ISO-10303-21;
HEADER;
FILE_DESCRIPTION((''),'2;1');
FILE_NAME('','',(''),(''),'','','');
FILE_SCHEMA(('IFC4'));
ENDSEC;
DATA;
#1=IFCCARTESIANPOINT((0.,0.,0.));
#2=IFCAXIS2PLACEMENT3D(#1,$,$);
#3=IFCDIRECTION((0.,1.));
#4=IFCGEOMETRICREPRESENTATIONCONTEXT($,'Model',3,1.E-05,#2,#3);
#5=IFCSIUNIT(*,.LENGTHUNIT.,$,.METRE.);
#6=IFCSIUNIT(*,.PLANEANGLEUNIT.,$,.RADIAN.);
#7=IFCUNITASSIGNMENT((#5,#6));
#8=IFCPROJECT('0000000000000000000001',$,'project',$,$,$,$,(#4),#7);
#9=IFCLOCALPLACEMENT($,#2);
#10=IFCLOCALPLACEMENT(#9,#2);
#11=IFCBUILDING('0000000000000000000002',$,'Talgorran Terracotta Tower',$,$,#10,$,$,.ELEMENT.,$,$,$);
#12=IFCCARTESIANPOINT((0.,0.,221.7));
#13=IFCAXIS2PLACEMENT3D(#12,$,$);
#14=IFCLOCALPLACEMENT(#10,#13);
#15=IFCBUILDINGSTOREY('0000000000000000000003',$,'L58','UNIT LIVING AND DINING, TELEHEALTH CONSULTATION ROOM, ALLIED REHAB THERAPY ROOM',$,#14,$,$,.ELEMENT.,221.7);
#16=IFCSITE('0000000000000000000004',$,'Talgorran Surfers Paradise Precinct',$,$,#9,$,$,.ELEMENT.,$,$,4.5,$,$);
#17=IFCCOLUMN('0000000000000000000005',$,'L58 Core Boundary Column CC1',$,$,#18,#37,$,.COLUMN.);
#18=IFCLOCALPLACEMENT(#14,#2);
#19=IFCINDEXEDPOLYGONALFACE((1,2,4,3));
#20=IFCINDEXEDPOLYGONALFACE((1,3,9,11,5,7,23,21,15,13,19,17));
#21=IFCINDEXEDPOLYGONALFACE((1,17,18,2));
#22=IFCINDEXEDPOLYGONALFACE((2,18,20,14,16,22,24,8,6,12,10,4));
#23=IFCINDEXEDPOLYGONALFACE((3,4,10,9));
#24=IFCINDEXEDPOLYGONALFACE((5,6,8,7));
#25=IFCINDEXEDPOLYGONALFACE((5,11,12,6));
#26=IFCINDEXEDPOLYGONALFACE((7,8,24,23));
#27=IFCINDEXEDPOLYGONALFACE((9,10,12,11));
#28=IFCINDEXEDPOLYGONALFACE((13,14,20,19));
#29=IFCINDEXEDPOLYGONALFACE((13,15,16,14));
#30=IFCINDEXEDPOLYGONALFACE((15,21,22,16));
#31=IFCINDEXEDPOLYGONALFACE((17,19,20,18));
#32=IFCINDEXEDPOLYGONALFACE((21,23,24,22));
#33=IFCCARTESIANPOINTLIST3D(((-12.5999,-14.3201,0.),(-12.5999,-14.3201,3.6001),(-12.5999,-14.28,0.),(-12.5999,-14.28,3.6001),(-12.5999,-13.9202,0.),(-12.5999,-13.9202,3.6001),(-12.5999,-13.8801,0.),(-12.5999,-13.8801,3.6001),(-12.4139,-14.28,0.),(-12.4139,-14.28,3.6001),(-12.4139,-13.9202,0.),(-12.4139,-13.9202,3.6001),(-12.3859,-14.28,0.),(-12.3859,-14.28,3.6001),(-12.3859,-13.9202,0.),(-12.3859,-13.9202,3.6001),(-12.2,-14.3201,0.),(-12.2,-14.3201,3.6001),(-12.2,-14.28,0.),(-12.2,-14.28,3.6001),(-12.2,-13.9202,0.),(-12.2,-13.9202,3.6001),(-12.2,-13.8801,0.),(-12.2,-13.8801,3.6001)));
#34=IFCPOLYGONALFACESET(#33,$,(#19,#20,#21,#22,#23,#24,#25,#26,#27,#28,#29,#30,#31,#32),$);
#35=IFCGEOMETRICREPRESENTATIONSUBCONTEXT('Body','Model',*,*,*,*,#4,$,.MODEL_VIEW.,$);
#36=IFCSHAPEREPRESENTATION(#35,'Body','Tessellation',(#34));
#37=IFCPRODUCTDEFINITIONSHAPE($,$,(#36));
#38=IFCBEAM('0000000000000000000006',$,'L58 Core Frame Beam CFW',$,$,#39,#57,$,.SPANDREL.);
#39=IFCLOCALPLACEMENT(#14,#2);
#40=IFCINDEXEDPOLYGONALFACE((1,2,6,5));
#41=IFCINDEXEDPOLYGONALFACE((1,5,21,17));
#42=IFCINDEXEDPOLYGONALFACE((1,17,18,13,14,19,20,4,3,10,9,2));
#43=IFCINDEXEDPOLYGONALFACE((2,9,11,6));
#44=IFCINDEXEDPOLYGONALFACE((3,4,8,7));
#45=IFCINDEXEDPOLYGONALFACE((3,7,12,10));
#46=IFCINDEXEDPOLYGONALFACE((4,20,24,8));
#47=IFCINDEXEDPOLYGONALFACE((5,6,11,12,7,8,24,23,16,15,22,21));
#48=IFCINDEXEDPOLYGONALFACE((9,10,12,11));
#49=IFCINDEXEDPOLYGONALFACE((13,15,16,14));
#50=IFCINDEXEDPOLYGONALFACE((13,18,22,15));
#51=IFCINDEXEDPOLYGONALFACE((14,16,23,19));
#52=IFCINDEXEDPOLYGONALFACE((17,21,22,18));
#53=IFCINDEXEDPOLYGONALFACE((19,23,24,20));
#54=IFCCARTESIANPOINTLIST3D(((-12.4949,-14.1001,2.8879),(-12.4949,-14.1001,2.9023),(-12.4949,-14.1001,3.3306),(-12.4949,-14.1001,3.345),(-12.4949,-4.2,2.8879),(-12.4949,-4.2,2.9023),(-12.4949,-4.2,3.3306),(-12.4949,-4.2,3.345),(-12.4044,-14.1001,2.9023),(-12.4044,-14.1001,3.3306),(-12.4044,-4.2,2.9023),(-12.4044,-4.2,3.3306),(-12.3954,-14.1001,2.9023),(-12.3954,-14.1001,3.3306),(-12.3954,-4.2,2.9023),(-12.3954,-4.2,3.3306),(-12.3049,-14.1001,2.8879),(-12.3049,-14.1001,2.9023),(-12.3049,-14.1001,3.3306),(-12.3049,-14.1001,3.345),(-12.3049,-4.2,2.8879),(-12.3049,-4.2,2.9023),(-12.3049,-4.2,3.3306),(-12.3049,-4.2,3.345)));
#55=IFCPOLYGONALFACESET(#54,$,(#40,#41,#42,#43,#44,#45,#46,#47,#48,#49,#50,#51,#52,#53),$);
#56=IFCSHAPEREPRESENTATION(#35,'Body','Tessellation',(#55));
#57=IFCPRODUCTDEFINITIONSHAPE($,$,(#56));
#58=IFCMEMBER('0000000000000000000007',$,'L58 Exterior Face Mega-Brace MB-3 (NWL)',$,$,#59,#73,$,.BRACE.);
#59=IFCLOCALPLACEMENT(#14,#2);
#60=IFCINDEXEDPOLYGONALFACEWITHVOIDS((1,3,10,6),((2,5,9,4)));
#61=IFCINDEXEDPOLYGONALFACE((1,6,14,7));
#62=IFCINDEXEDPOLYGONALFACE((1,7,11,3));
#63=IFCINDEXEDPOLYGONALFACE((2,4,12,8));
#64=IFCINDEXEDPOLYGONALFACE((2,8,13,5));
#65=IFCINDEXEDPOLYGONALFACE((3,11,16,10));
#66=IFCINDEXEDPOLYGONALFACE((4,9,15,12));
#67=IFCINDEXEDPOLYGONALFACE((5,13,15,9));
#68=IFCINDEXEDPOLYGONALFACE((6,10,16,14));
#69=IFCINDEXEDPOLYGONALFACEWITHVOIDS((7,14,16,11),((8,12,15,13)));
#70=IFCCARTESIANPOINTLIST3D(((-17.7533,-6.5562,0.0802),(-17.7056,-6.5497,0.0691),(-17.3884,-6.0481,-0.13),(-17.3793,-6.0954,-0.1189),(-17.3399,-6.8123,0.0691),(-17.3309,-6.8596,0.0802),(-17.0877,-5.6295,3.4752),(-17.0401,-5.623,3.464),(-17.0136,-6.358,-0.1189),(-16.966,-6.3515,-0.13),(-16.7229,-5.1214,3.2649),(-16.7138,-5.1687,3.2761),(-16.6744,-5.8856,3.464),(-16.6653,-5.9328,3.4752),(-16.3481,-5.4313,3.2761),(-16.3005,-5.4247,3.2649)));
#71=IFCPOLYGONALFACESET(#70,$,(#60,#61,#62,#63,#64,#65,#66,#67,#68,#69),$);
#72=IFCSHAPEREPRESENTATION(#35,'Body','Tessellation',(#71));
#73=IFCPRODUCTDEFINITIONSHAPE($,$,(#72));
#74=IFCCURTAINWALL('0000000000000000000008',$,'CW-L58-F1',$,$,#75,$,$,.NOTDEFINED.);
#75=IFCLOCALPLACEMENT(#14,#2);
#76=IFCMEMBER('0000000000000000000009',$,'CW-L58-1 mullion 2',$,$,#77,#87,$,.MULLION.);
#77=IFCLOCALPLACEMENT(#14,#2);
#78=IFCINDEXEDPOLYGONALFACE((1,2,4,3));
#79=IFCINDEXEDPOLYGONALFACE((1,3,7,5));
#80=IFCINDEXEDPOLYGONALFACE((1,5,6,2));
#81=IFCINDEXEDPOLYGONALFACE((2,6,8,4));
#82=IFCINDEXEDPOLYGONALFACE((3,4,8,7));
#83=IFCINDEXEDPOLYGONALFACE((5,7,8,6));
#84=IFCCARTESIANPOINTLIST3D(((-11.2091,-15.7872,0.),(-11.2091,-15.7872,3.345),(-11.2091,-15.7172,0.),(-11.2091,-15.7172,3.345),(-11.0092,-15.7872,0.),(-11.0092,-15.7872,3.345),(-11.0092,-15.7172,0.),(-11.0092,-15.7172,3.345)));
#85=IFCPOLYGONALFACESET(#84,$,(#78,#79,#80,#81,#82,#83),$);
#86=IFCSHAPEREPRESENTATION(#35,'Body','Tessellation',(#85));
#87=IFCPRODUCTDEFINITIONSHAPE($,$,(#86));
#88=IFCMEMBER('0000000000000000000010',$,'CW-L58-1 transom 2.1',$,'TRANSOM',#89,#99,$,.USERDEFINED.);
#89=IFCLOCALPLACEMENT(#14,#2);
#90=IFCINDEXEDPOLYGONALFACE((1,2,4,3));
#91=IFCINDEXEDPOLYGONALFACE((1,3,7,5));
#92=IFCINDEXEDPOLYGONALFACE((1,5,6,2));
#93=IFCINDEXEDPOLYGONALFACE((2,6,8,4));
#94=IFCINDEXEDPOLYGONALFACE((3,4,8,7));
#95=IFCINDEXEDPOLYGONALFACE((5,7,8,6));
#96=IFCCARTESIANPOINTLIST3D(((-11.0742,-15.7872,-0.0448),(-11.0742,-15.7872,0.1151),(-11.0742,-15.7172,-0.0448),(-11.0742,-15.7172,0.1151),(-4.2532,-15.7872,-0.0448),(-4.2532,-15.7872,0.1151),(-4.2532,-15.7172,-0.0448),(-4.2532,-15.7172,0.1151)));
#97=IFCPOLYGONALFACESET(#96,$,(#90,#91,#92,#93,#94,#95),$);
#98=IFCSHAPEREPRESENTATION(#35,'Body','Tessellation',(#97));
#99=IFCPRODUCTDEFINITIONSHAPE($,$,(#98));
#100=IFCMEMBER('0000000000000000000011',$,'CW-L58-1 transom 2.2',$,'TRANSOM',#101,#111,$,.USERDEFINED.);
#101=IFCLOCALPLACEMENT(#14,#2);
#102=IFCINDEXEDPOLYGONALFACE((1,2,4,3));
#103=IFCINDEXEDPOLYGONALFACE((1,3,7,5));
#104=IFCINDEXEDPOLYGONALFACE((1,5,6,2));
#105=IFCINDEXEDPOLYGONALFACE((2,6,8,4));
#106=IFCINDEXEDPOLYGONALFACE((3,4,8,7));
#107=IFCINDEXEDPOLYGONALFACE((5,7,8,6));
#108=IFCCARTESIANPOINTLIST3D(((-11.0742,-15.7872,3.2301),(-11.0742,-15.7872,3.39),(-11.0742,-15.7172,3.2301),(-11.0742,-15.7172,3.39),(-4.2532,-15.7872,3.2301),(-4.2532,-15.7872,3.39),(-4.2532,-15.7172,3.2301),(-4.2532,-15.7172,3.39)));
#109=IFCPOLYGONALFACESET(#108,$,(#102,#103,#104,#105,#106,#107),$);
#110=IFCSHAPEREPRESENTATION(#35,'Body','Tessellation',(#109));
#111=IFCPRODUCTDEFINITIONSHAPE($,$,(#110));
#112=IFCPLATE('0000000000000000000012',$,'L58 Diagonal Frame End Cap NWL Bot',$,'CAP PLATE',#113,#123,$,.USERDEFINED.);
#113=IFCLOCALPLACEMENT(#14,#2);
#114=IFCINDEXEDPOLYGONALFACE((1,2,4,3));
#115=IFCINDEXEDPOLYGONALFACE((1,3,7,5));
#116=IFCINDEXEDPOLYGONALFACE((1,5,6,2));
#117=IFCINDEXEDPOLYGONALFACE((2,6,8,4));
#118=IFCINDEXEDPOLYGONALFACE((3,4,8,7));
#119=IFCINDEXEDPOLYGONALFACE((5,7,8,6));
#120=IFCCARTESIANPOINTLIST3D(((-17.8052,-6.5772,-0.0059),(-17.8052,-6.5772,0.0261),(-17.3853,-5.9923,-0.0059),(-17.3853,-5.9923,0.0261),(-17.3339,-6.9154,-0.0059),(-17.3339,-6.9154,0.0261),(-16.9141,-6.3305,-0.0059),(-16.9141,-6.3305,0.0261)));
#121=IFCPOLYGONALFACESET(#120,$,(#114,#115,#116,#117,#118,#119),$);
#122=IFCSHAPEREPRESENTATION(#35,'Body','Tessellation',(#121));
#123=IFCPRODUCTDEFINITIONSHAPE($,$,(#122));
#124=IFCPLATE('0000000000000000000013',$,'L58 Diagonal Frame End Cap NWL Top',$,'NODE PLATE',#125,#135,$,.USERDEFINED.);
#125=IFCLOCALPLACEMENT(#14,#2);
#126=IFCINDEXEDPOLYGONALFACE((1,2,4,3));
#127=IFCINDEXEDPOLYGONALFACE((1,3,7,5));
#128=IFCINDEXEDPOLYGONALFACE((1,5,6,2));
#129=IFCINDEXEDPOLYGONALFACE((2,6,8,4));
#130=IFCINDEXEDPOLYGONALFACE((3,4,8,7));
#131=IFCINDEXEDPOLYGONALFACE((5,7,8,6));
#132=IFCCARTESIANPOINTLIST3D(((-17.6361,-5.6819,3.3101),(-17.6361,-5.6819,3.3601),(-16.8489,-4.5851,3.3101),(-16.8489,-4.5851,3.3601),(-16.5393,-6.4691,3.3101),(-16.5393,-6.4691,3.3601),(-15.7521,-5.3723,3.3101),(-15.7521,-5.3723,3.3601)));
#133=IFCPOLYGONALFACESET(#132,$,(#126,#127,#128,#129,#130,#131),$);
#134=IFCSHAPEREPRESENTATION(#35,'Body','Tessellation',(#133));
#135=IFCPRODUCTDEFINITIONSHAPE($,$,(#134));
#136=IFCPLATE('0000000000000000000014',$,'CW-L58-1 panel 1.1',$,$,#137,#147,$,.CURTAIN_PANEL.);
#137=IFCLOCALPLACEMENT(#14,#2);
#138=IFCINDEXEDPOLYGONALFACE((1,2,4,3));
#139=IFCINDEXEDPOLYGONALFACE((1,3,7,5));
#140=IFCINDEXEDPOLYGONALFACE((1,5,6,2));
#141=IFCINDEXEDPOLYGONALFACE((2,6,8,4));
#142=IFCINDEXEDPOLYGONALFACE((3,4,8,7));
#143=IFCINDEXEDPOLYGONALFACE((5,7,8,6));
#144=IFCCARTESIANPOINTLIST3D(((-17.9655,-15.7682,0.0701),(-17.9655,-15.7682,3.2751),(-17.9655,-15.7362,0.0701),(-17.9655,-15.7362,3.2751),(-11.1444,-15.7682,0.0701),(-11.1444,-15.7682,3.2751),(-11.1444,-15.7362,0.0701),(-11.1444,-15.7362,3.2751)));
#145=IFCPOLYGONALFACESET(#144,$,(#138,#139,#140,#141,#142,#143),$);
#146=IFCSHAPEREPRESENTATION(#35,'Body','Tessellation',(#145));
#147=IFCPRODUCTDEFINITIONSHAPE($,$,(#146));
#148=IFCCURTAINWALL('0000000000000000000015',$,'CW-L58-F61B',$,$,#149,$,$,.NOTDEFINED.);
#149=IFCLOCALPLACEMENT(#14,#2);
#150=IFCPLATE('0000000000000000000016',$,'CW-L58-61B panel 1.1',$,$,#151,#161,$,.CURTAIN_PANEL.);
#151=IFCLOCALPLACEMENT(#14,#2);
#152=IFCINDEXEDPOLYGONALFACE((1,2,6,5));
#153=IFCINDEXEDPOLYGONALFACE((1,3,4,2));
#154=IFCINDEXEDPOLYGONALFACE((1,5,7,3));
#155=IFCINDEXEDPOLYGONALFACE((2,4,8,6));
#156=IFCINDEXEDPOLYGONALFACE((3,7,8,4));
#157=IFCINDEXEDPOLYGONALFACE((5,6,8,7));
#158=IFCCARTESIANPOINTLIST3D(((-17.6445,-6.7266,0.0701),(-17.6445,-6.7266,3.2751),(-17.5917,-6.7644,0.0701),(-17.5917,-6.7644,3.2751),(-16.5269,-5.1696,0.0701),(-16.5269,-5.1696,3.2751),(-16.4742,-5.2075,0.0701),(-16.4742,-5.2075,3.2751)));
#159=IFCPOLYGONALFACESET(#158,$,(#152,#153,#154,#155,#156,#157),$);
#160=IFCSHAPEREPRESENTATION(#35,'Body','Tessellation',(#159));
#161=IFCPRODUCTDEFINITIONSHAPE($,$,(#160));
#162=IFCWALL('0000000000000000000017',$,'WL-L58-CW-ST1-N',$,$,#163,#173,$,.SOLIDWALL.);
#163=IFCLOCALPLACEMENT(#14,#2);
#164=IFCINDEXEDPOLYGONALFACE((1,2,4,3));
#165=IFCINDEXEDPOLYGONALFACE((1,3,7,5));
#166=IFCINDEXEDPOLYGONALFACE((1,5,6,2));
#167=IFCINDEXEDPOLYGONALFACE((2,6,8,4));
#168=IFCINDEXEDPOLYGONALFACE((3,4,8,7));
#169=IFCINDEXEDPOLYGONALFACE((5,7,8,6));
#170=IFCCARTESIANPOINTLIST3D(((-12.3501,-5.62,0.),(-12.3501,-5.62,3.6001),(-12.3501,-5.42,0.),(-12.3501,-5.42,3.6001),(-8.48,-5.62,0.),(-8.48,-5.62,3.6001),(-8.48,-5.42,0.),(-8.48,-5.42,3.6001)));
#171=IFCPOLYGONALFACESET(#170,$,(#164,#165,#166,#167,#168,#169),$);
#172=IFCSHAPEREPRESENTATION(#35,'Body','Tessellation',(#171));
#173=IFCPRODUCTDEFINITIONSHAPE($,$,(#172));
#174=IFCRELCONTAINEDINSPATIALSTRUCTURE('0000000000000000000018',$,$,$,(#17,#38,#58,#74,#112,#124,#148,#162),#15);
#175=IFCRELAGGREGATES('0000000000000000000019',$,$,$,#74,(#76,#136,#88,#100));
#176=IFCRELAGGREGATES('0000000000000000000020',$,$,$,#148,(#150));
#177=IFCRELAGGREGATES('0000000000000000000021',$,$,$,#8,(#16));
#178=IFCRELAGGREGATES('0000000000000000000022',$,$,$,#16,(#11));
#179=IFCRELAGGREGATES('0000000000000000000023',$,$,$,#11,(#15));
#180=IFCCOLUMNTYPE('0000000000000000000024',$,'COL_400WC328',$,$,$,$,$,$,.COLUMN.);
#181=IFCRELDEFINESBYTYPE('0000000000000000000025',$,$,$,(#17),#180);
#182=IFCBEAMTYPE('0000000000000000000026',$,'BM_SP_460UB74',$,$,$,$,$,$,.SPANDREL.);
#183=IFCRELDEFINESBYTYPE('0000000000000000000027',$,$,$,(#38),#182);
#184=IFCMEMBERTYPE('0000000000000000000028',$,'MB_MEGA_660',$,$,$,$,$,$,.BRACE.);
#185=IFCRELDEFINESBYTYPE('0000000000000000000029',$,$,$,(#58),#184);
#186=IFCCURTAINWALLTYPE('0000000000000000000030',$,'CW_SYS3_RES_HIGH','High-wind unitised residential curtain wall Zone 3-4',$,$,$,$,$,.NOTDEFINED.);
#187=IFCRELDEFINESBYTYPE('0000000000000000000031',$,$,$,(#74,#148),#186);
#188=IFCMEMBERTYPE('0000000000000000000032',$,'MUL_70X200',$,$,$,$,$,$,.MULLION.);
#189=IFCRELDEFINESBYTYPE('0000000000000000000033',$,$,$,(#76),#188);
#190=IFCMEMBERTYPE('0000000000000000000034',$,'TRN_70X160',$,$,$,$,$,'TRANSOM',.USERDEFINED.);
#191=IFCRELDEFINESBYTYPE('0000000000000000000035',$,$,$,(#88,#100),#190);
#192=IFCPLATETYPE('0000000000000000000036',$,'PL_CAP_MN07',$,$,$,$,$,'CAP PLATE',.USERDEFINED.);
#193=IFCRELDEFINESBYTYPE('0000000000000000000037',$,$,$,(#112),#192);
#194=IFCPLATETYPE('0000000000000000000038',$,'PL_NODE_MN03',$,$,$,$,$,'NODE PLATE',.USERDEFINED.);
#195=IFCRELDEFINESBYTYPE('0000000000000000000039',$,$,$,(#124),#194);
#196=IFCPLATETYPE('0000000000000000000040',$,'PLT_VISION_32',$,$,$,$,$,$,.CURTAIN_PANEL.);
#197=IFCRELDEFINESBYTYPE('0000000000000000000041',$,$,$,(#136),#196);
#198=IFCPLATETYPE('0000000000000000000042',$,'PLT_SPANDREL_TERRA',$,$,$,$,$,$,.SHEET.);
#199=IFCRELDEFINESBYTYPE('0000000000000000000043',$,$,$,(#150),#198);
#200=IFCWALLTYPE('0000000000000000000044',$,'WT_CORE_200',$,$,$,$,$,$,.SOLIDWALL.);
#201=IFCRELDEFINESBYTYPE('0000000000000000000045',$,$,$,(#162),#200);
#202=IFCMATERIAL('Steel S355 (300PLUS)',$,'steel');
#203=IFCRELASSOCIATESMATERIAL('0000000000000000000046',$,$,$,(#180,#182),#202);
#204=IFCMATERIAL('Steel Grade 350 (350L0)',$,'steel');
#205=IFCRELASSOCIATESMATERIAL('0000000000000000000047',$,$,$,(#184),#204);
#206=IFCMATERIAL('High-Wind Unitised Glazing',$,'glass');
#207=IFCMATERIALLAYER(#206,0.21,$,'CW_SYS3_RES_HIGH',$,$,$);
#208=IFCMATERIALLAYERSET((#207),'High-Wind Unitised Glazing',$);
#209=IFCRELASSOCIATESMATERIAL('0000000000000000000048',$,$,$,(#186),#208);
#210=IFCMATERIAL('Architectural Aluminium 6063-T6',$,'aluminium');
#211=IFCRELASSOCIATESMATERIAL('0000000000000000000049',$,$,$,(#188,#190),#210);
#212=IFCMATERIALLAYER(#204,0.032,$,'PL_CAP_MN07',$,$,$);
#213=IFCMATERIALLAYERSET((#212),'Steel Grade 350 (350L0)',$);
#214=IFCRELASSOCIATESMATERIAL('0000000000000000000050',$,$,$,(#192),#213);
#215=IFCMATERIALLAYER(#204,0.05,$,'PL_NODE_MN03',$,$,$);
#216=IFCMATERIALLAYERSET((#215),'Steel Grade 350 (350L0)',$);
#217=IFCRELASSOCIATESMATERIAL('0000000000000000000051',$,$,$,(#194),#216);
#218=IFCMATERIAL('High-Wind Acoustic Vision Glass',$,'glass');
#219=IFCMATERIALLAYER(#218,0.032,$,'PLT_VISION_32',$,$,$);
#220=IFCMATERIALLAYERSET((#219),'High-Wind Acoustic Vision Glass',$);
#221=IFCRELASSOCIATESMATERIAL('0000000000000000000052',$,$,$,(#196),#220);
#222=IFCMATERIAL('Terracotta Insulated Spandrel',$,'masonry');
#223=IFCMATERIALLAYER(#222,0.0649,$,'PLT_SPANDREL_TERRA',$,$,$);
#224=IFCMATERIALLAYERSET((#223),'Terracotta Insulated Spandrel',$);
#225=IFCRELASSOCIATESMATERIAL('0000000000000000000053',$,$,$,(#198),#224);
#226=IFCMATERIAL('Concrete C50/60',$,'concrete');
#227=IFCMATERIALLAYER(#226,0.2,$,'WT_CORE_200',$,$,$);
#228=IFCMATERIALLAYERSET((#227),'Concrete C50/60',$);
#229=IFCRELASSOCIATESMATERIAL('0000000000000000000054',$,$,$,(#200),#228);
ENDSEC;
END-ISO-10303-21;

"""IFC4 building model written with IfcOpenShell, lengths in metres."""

from ifc_helpers import new_model, si_unit, direction, frame, frame_2d, origin, origin_2d, place, context, subcontext, project, spatial, rectangle, hollow_rectangle, i_section, extrude, source, transform, mapped, material, layer, layer_set, material_profile, profile_set, type_object, type_shapes, element, aggregate, save


model = new_model("IFC4")

# Units and contexts
model_context = context("Model", 3, precision=1e-05, world=origin(), true_north=direction((0.0, 1.0)))
body_context = subcontext(model_context, "Body", "Model", "MODEL_VIEW")
ifc_project = project(units=[si_unit("LENGTHUNIT", "METRE"), si_unit("PLANEANGLEUNIT", "RADIAN")], contexts=[model_context])

# Site, building, storey
site_placement = place(None, origin())
site = spatial("IfcSite", under=ifc_project, at=site_placement, Name="Talgorran Surfers Paradise Precinct", CompositionType="ELEMENT", RefElevation=4.5)
building_placement = place(site_placement, origin())
building = spatial("IfcBuilding", under=site, at=building_placement, Name="Talgorran Terracotta Tower", CompositionType="ELEMENT")
storey_placement = place(building_placement, frame((0.0, 0.0, 221.7)))
storey = spatial("IfcBuildingStorey", under=building, at=storey_placement, Name="L58", Description="UNIT LIVING AND DINING, TELEHEALTH CONSULTATION ROOM, ALLIED REHAB THERAPY ROOM", CompositionType="ELEMENT", Elevation=221.7)

# Column
ifc_material_1 = material(Name="Steel S355 (300PLUS)", Category="steel")
ifc_material_profile_1 = material_profile(ifc_material_1, i_section(OverallWidth=0.3999, OverallDepth=0.4399, WebThickness=0.0281, FlangeThickness=0.04, at=origin_2d()), Name="400WC328")
ifc_profile_set_1 = profile_set([ifc_material_profile_1], Name="Steel S355 (300PLUS)")
column_type = type_object("IfcColumnType", Name="COL_400WC328", PredefinedType="COLUMN", material=ifc_profile_set_1)
column_placement = place(storey_placement, frame((-12.3999, -14.1001, 0.0), z_axis=(0.0, 0.0, 1.0), x_axis=(1.0, 0.0, 0.0)))
element("IfcColumn", 1, at=column_placement, inside=storey, type_object=column_type, Name="L58 Core Boundary Column CC1", PredefinedType="COLUMN", context=body_context, shape_type="SweptSolid", body=[
    extrude(i_section(OverallWidth=0.3999, OverallDepth=0.4399, WebThickness=0.0281, FlangeThickness=0.04, at=origin_2d()), origin(), (0.0, 0.0, 1.0), 3.6001),
])

# Beam
ifc_material_profile_2 = material_profile(ifc_material_1, i_section(OverallWidth=0.1899, OverallDepth=0.457, WebThickness=0.009, FlangeThickness=0.0144, at=origin_2d()), Name="460UB74.6")
ifc_profile_set_2 = profile_set([ifc_material_profile_2], Name="Steel S355 (300PLUS)")
beam_type = type_object("IfcBeamType", Name="BM_SP_460UB74", PredefinedType="SPANDREL", material=ifc_profile_set_2)
beam_placement = place(storey_placement, frame((-12.3999, -14.1001, 3.1165), z_axis=(0.0, 1.0, 0.0), x_axis=(-1.0, 0.0, 0.0)))
element("IfcBeam", 2, at=beam_placement, inside=storey, type_object=beam_type, Name="L58 Core Frame Beam CFW", PredefinedType="SPANDREL", context=body_context, shape_type="SweptSolid", body=[
    extrude(i_section(OverallWidth=0.1899, OverallDepth=0.457, WebThickness=0.009, FlangeThickness=0.0144, at=origin_2d()), origin(), (0.0, 0.0, 1.0), 9.9001),
])

# Member
ifc_material_2 = material(Name="Steel Grade 350 (350L0)", Category="steel")
ifc_material_profile_3 = material_profile(ifc_material_2, hollow_rectangle(XDim=0.52, YDim=0.6599, WallThickness=0.0349, at=origin_2d()), Name="WBOX660X520X35")
ifc_profile_set_3 = profile_set([ifc_material_profile_3], Name="Steel Grade 350 (350L0)")
member_type_1 = type_object("IfcMemberType", Name="MB_MEGA_660", PredefinedType="BRACE", material=ifc_profile_set_3)
member_1_placement = place(storey_placement, frame((-17.3596, -6.4539, -0.0249), z_axis=(0.185818, 0.258754, 0.947902), x_axis=(-0.812256, 0.583301, 0.0)))
element("IfcMember", 3, at=member_1_placement, inside=storey, type_object=member_type_1, Name="L58 Exterior Face Mega-Brace MB-3 (NWL)", PredefinedType="BRACE", context=body_context, shape_type="SweptSolid", body=[
    extrude(hollow_rectangle(XDim=0.52, YDim=0.6599, WallThickness=0.0349, at=origin_2d()), origin(), (0.0, 0.0, 1.0), 3.5815),
])

# Curtain wall, members
ifc_material_3 = material(Name="High-Wind Unitised Glazing", Category="glass")
ifc_layer_1 = layer(ifc_material_3, 0.21, Name="CW_SYS3_RES_HIGH")
ifc_layer_set_1 = layer_set([ifc_layer_1], Name="High-Wind Unitised Glazing")
curtain_wall_type = type_object("IfcCurtainWallType", Name="CW_SYS3_RES_HIGH", Description="High-wind unitised residential curtain wall Zone 3-4", PredefinedType="NOTDEFINED", material=ifc_layer_set_1)
curtain_wall_1_placement = place(storey_placement, origin())
curtain_wall_1 = element("IfcCurtainWall", 4, at=curtain_wall_1_placement, inside=storey, type_object=curtain_wall_type, Name="CW-L58-F1", PredefinedType="NOTDEFINED")
ifc_material_4 = material(Name="Architectural Aluminium 6063-T6", Category="aluminium")
ifc_material_profile_4 = material_profile(ifc_material_4, rectangle(XDim=0.0701, YDim=0.2, at=origin_2d()), Name="CWM70X200")
ifc_profile_set_4 = profile_set([ifc_material_profile_4], Name="Architectural Aluminium 6063-T6")
member_type_2 = type_object("IfcMemberType", Name="MUL_70X200", PredefinedType="MULLION", material=ifc_profile_set_4)
member_2_placement = place(storey_placement, frame((-11.1091, -15.7522, 0.0), z_axis=(0.0, 0.0, 1.0), x_axis=(0.0, 1.0, 0.0)))
member_2 = element("IfcMember", 5, at=member_2_placement, type_object=member_type_2, Name="CW-L58-1 mullion 2", PredefinedType="MULLION", context=body_context, shape_type="SweptSolid", body=[
    extrude(rectangle(XDim=0.0701, YDim=0.2, at=origin_2d()), origin(), (0.0, 0.0, 1.0), 3.345),
])
ifc_material_profile_5 = material_profile(ifc_material_4, rectangle(XDim=0.0701, YDim=0.1599, at=origin_2d()), Name="CWT70X160")
ifc_profile_set_5 = profile_set([ifc_material_profile_5], Name="Architectural Aluminium 6063-T6")
member_type_3 = type_object("IfcMemberType", Name="TRN_70X160", ElementType="TRANSOM", PredefinedType="USERDEFINED", material=ifc_profile_set_5)
member_3_placement = place(storey_placement, frame((-11.0742, -15.7522, 0.0352), z_axis=(1.0, 0.0, 0.0), x_axis=(0.0, 1.0, 0.0)))
member_3 = element("IfcMember", 6, at=member_3_placement, type_object=member_type_3, Name="CW-L58-1 transom 2.1", ObjectType="TRANSOM", PredefinedType="USERDEFINED", context=body_context, shape_type="SweptSolid", body=[
    extrude(rectangle(XDim=0.0701, YDim=0.1599, at=origin_2d()), origin(), (0.0, 0.0, 1.0), 6.821),
])
member_4_placement = place(storey_placement, frame((-11.0742, -15.7522, 3.3101), z_axis=(1.0, 0.0, 0.0), x_axis=(0.0, 1.0, 0.0)))
member_4 = element("IfcMember", 7, at=member_4_placement, type_object=member_type_3, Name="CW-L58-1 transom 2.2", ObjectType="TRANSOM", PredefinedType="USERDEFINED", context=body_context, shape_type="SweptSolid", body=[
    extrude(rectangle(XDim=0.0701, YDim=0.1599, at=origin_2d()), origin(), (0.0, 0.0, 1.0), 6.821),
])

# Plates
ifc_layer_2 = layer(ifc_material_2, 0.032, Name="PL_CAP_MN07")
ifc_layer_set_2 = layer_set([ifc_layer_2], Name="Steel Grade 350 (350L0)")
plate_type_1 = type_object("IfcPlateType", Name="PL_CAP_MN07", ElementType="CAP PLATE", PredefinedType="USERDEFINED", material=ifc_layer_set_2)
plate_1_placement = place(storey_placement, frame((-17.3596, -6.4539, -0.0059), z_axis=(0.0, 0.0, 1.0), x_axis=(0.583116, 0.812389, 0.0)))
element("IfcPlate", 8, at=plate_1_placement, inside=storey, type_object=plate_type_1, Name="L58 Diagonal Frame End Cap NWL Bot", ObjectType="CAP PLATE", PredefinedType="USERDEFINED", context=body_context, shape_type="SweptSolid", body=[
    extrude(rectangle(XDim=0.72, YDim=0.5801, at=origin_2d()), origin(), (0.0, 0.0, 1.0), 0.032),
])
ifc_layer_3 = layer(ifc_material_2, 0.05, Name="PL_NODE_MN03")
ifc_layer_set_3 = layer_set([ifc_layer_3], Name="Steel Grade 350 (350L0)")
plate_type_2 = type_object("IfcPlateType", Name="PL_NODE_MN03", ElementType="NODE PLATE", PredefinedType="USERDEFINED", material=ifc_layer_set_3)
plate_2_placement = place(storey_placement, frame((-16.6941, -5.5271, 3.3101), z_axis=(0.0, 0.0, 1.0), x_axis=(0.583116, 0.812389, 0.0)))
element("IfcPlate", 9, at=plate_2_placement, inside=storey, type_object=plate_type_2, Name="L58 Diagonal Frame End Cap NWL Top", ObjectType="NODE PLATE", PredefinedType="USERDEFINED", context=body_context, shape_type="SweptSolid", body=[
    extrude(rectangle(XDim=1.3501, YDim=1.3501, at=origin_2d()), origin(), (0.0, 0.0, 1.0), 0.05),
])

# Plate
ifc_material_5 = material(Name="High-Wind Acoustic Vision Glass", Category="glass")
ifc_layer_4 = layer(ifc_material_5, 0.032, Name="PLT_VISION_32")
ifc_layer_set_4 = layer_set([ifc_layer_4], Name="High-Wind Acoustic Vision Glass")
plate_type_3 = type_object("IfcPlateType", Name="PLT_VISION_32", PredefinedType="CURTAIN_PANEL", material=ifc_layer_set_4)
shared_shape_1 = source(origin(), body_context, "Body", "SweptSolid", [
    extrude(rectangle(XDim=6.821, YDim=0.032, at=origin_2d()), origin(), (0.0, 0.0, 1.0), 3.2051),
])
type_shapes(plate_type_3, [shared_shape_1])
plate_3_placement = place(storey_placement, frame((-14.5549, -15.7522, 0.0701), z_axis=(0.0, 0.0, 1.0), x_axis=(1.0, 0.0, 0.0)))
plate_3 = element("IfcPlate", 10, at=plate_3_placement, type_object=plate_type_3, Name="CW-L58-1 panel 1.1", PredefinedType="CURTAIN_PANEL", context=body_context, shape_type="MappedRepresentation", body=[
    mapped(shared_shape_1, transform((0.0, 0.0, 0.0), scale=1.0)),
])
aggregate(curtain_wall_1, [member_2, plate_3, member_3, member_4])

# Curtain wall, plate
curtain_wall_2_placement = place(storey_placement, origin())
curtain_wall_2 = element("IfcCurtainWall", 11, at=curtain_wall_2_placement, inside=storey, type_object=curtain_wall_type, Name="CW-L58-F61B", PredefinedType="NOTDEFINED")
ifc_material_6 = material(Name="Terracotta Insulated Spandrel", Category="masonry")
ifc_layer_5 = layer(ifc_material_6, 0.0649, Name="PLT_SPANDREL_TERRA")
ifc_layer_set_5 = layer_set([ifc_layer_5], Name="Terracotta Insulated Spandrel")
plate_type_4 = type_object("IfcPlateType", Name="PLT_SPANDREL_TERRA", PredefinedType="SHEET", material=ifc_layer_set_5)
shared_shape_2 = source(origin(), body_context, "Body", "SweptSolid", [
    extrude(rectangle(XDim=1.9165, YDim=0.0649, at=origin_2d()), origin(), (0.0, 0.0, 1.0), 3.2051),
])
type_shapes(plate_type_4, [shared_shape_2])
plate_4_placement = place(storey_placement, frame((-17.0593, -5.967, 0.0701), z_axis=(0.0, 0.0, 1.0), x_axis=(-0.583118, -0.812388, 0.0)))
plate_4 = element("IfcPlate", 12, at=plate_4_placement, type_object=plate_type_4, Name="CW-L58-61B panel 1.1", PredefinedType="CURTAIN_PANEL", context=body_context, shape_type="MappedRepresentation", body=[
    mapped(shared_shape_2, transform((0.0, 0.0, 0.0), scale=1.0)),
])
aggregate(curtain_wall_2, [plate_4])

# Wall
ifc_material_7 = material(Name="Concrete C50/60", Category="concrete")
ifc_layer_6 = layer(ifc_material_7, 0.2, Name="WT_CORE_200")
ifc_layer_set_6 = layer_set([ifc_layer_6], Name="Concrete C50/60")
wall_type_1 = type_object("IfcWallType", Name="WT_CORE_200", PredefinedType="SOLIDWALL", material=ifc_layer_set_6)
for number, where, z_axis, x_axis, name in (
    (13, (-12.3501, -5.52, 0.0), (0.0, 0.0, 1.0), (1.0, 0.0, 0.0), "WL-L58-CW-ST1-N"),
):
    element("IfcWall", number, at=place(storey_placement, frame(where, z_axis=z_axis, x_axis=x_axis)), inside=storey, type_object=wall_type_1, Name=name, PredefinedType="SOLIDWALL", context=body_context, shape_type="SweptSolid", body=[
        extrude(rectangle(XDim=3.8701, YDim=0.2, at=frame_2d((1.9351, 0.0))), origin(), (0.0, 0.0, 1.0), 3.6001),
    ])

save(model, "model.ifc")
